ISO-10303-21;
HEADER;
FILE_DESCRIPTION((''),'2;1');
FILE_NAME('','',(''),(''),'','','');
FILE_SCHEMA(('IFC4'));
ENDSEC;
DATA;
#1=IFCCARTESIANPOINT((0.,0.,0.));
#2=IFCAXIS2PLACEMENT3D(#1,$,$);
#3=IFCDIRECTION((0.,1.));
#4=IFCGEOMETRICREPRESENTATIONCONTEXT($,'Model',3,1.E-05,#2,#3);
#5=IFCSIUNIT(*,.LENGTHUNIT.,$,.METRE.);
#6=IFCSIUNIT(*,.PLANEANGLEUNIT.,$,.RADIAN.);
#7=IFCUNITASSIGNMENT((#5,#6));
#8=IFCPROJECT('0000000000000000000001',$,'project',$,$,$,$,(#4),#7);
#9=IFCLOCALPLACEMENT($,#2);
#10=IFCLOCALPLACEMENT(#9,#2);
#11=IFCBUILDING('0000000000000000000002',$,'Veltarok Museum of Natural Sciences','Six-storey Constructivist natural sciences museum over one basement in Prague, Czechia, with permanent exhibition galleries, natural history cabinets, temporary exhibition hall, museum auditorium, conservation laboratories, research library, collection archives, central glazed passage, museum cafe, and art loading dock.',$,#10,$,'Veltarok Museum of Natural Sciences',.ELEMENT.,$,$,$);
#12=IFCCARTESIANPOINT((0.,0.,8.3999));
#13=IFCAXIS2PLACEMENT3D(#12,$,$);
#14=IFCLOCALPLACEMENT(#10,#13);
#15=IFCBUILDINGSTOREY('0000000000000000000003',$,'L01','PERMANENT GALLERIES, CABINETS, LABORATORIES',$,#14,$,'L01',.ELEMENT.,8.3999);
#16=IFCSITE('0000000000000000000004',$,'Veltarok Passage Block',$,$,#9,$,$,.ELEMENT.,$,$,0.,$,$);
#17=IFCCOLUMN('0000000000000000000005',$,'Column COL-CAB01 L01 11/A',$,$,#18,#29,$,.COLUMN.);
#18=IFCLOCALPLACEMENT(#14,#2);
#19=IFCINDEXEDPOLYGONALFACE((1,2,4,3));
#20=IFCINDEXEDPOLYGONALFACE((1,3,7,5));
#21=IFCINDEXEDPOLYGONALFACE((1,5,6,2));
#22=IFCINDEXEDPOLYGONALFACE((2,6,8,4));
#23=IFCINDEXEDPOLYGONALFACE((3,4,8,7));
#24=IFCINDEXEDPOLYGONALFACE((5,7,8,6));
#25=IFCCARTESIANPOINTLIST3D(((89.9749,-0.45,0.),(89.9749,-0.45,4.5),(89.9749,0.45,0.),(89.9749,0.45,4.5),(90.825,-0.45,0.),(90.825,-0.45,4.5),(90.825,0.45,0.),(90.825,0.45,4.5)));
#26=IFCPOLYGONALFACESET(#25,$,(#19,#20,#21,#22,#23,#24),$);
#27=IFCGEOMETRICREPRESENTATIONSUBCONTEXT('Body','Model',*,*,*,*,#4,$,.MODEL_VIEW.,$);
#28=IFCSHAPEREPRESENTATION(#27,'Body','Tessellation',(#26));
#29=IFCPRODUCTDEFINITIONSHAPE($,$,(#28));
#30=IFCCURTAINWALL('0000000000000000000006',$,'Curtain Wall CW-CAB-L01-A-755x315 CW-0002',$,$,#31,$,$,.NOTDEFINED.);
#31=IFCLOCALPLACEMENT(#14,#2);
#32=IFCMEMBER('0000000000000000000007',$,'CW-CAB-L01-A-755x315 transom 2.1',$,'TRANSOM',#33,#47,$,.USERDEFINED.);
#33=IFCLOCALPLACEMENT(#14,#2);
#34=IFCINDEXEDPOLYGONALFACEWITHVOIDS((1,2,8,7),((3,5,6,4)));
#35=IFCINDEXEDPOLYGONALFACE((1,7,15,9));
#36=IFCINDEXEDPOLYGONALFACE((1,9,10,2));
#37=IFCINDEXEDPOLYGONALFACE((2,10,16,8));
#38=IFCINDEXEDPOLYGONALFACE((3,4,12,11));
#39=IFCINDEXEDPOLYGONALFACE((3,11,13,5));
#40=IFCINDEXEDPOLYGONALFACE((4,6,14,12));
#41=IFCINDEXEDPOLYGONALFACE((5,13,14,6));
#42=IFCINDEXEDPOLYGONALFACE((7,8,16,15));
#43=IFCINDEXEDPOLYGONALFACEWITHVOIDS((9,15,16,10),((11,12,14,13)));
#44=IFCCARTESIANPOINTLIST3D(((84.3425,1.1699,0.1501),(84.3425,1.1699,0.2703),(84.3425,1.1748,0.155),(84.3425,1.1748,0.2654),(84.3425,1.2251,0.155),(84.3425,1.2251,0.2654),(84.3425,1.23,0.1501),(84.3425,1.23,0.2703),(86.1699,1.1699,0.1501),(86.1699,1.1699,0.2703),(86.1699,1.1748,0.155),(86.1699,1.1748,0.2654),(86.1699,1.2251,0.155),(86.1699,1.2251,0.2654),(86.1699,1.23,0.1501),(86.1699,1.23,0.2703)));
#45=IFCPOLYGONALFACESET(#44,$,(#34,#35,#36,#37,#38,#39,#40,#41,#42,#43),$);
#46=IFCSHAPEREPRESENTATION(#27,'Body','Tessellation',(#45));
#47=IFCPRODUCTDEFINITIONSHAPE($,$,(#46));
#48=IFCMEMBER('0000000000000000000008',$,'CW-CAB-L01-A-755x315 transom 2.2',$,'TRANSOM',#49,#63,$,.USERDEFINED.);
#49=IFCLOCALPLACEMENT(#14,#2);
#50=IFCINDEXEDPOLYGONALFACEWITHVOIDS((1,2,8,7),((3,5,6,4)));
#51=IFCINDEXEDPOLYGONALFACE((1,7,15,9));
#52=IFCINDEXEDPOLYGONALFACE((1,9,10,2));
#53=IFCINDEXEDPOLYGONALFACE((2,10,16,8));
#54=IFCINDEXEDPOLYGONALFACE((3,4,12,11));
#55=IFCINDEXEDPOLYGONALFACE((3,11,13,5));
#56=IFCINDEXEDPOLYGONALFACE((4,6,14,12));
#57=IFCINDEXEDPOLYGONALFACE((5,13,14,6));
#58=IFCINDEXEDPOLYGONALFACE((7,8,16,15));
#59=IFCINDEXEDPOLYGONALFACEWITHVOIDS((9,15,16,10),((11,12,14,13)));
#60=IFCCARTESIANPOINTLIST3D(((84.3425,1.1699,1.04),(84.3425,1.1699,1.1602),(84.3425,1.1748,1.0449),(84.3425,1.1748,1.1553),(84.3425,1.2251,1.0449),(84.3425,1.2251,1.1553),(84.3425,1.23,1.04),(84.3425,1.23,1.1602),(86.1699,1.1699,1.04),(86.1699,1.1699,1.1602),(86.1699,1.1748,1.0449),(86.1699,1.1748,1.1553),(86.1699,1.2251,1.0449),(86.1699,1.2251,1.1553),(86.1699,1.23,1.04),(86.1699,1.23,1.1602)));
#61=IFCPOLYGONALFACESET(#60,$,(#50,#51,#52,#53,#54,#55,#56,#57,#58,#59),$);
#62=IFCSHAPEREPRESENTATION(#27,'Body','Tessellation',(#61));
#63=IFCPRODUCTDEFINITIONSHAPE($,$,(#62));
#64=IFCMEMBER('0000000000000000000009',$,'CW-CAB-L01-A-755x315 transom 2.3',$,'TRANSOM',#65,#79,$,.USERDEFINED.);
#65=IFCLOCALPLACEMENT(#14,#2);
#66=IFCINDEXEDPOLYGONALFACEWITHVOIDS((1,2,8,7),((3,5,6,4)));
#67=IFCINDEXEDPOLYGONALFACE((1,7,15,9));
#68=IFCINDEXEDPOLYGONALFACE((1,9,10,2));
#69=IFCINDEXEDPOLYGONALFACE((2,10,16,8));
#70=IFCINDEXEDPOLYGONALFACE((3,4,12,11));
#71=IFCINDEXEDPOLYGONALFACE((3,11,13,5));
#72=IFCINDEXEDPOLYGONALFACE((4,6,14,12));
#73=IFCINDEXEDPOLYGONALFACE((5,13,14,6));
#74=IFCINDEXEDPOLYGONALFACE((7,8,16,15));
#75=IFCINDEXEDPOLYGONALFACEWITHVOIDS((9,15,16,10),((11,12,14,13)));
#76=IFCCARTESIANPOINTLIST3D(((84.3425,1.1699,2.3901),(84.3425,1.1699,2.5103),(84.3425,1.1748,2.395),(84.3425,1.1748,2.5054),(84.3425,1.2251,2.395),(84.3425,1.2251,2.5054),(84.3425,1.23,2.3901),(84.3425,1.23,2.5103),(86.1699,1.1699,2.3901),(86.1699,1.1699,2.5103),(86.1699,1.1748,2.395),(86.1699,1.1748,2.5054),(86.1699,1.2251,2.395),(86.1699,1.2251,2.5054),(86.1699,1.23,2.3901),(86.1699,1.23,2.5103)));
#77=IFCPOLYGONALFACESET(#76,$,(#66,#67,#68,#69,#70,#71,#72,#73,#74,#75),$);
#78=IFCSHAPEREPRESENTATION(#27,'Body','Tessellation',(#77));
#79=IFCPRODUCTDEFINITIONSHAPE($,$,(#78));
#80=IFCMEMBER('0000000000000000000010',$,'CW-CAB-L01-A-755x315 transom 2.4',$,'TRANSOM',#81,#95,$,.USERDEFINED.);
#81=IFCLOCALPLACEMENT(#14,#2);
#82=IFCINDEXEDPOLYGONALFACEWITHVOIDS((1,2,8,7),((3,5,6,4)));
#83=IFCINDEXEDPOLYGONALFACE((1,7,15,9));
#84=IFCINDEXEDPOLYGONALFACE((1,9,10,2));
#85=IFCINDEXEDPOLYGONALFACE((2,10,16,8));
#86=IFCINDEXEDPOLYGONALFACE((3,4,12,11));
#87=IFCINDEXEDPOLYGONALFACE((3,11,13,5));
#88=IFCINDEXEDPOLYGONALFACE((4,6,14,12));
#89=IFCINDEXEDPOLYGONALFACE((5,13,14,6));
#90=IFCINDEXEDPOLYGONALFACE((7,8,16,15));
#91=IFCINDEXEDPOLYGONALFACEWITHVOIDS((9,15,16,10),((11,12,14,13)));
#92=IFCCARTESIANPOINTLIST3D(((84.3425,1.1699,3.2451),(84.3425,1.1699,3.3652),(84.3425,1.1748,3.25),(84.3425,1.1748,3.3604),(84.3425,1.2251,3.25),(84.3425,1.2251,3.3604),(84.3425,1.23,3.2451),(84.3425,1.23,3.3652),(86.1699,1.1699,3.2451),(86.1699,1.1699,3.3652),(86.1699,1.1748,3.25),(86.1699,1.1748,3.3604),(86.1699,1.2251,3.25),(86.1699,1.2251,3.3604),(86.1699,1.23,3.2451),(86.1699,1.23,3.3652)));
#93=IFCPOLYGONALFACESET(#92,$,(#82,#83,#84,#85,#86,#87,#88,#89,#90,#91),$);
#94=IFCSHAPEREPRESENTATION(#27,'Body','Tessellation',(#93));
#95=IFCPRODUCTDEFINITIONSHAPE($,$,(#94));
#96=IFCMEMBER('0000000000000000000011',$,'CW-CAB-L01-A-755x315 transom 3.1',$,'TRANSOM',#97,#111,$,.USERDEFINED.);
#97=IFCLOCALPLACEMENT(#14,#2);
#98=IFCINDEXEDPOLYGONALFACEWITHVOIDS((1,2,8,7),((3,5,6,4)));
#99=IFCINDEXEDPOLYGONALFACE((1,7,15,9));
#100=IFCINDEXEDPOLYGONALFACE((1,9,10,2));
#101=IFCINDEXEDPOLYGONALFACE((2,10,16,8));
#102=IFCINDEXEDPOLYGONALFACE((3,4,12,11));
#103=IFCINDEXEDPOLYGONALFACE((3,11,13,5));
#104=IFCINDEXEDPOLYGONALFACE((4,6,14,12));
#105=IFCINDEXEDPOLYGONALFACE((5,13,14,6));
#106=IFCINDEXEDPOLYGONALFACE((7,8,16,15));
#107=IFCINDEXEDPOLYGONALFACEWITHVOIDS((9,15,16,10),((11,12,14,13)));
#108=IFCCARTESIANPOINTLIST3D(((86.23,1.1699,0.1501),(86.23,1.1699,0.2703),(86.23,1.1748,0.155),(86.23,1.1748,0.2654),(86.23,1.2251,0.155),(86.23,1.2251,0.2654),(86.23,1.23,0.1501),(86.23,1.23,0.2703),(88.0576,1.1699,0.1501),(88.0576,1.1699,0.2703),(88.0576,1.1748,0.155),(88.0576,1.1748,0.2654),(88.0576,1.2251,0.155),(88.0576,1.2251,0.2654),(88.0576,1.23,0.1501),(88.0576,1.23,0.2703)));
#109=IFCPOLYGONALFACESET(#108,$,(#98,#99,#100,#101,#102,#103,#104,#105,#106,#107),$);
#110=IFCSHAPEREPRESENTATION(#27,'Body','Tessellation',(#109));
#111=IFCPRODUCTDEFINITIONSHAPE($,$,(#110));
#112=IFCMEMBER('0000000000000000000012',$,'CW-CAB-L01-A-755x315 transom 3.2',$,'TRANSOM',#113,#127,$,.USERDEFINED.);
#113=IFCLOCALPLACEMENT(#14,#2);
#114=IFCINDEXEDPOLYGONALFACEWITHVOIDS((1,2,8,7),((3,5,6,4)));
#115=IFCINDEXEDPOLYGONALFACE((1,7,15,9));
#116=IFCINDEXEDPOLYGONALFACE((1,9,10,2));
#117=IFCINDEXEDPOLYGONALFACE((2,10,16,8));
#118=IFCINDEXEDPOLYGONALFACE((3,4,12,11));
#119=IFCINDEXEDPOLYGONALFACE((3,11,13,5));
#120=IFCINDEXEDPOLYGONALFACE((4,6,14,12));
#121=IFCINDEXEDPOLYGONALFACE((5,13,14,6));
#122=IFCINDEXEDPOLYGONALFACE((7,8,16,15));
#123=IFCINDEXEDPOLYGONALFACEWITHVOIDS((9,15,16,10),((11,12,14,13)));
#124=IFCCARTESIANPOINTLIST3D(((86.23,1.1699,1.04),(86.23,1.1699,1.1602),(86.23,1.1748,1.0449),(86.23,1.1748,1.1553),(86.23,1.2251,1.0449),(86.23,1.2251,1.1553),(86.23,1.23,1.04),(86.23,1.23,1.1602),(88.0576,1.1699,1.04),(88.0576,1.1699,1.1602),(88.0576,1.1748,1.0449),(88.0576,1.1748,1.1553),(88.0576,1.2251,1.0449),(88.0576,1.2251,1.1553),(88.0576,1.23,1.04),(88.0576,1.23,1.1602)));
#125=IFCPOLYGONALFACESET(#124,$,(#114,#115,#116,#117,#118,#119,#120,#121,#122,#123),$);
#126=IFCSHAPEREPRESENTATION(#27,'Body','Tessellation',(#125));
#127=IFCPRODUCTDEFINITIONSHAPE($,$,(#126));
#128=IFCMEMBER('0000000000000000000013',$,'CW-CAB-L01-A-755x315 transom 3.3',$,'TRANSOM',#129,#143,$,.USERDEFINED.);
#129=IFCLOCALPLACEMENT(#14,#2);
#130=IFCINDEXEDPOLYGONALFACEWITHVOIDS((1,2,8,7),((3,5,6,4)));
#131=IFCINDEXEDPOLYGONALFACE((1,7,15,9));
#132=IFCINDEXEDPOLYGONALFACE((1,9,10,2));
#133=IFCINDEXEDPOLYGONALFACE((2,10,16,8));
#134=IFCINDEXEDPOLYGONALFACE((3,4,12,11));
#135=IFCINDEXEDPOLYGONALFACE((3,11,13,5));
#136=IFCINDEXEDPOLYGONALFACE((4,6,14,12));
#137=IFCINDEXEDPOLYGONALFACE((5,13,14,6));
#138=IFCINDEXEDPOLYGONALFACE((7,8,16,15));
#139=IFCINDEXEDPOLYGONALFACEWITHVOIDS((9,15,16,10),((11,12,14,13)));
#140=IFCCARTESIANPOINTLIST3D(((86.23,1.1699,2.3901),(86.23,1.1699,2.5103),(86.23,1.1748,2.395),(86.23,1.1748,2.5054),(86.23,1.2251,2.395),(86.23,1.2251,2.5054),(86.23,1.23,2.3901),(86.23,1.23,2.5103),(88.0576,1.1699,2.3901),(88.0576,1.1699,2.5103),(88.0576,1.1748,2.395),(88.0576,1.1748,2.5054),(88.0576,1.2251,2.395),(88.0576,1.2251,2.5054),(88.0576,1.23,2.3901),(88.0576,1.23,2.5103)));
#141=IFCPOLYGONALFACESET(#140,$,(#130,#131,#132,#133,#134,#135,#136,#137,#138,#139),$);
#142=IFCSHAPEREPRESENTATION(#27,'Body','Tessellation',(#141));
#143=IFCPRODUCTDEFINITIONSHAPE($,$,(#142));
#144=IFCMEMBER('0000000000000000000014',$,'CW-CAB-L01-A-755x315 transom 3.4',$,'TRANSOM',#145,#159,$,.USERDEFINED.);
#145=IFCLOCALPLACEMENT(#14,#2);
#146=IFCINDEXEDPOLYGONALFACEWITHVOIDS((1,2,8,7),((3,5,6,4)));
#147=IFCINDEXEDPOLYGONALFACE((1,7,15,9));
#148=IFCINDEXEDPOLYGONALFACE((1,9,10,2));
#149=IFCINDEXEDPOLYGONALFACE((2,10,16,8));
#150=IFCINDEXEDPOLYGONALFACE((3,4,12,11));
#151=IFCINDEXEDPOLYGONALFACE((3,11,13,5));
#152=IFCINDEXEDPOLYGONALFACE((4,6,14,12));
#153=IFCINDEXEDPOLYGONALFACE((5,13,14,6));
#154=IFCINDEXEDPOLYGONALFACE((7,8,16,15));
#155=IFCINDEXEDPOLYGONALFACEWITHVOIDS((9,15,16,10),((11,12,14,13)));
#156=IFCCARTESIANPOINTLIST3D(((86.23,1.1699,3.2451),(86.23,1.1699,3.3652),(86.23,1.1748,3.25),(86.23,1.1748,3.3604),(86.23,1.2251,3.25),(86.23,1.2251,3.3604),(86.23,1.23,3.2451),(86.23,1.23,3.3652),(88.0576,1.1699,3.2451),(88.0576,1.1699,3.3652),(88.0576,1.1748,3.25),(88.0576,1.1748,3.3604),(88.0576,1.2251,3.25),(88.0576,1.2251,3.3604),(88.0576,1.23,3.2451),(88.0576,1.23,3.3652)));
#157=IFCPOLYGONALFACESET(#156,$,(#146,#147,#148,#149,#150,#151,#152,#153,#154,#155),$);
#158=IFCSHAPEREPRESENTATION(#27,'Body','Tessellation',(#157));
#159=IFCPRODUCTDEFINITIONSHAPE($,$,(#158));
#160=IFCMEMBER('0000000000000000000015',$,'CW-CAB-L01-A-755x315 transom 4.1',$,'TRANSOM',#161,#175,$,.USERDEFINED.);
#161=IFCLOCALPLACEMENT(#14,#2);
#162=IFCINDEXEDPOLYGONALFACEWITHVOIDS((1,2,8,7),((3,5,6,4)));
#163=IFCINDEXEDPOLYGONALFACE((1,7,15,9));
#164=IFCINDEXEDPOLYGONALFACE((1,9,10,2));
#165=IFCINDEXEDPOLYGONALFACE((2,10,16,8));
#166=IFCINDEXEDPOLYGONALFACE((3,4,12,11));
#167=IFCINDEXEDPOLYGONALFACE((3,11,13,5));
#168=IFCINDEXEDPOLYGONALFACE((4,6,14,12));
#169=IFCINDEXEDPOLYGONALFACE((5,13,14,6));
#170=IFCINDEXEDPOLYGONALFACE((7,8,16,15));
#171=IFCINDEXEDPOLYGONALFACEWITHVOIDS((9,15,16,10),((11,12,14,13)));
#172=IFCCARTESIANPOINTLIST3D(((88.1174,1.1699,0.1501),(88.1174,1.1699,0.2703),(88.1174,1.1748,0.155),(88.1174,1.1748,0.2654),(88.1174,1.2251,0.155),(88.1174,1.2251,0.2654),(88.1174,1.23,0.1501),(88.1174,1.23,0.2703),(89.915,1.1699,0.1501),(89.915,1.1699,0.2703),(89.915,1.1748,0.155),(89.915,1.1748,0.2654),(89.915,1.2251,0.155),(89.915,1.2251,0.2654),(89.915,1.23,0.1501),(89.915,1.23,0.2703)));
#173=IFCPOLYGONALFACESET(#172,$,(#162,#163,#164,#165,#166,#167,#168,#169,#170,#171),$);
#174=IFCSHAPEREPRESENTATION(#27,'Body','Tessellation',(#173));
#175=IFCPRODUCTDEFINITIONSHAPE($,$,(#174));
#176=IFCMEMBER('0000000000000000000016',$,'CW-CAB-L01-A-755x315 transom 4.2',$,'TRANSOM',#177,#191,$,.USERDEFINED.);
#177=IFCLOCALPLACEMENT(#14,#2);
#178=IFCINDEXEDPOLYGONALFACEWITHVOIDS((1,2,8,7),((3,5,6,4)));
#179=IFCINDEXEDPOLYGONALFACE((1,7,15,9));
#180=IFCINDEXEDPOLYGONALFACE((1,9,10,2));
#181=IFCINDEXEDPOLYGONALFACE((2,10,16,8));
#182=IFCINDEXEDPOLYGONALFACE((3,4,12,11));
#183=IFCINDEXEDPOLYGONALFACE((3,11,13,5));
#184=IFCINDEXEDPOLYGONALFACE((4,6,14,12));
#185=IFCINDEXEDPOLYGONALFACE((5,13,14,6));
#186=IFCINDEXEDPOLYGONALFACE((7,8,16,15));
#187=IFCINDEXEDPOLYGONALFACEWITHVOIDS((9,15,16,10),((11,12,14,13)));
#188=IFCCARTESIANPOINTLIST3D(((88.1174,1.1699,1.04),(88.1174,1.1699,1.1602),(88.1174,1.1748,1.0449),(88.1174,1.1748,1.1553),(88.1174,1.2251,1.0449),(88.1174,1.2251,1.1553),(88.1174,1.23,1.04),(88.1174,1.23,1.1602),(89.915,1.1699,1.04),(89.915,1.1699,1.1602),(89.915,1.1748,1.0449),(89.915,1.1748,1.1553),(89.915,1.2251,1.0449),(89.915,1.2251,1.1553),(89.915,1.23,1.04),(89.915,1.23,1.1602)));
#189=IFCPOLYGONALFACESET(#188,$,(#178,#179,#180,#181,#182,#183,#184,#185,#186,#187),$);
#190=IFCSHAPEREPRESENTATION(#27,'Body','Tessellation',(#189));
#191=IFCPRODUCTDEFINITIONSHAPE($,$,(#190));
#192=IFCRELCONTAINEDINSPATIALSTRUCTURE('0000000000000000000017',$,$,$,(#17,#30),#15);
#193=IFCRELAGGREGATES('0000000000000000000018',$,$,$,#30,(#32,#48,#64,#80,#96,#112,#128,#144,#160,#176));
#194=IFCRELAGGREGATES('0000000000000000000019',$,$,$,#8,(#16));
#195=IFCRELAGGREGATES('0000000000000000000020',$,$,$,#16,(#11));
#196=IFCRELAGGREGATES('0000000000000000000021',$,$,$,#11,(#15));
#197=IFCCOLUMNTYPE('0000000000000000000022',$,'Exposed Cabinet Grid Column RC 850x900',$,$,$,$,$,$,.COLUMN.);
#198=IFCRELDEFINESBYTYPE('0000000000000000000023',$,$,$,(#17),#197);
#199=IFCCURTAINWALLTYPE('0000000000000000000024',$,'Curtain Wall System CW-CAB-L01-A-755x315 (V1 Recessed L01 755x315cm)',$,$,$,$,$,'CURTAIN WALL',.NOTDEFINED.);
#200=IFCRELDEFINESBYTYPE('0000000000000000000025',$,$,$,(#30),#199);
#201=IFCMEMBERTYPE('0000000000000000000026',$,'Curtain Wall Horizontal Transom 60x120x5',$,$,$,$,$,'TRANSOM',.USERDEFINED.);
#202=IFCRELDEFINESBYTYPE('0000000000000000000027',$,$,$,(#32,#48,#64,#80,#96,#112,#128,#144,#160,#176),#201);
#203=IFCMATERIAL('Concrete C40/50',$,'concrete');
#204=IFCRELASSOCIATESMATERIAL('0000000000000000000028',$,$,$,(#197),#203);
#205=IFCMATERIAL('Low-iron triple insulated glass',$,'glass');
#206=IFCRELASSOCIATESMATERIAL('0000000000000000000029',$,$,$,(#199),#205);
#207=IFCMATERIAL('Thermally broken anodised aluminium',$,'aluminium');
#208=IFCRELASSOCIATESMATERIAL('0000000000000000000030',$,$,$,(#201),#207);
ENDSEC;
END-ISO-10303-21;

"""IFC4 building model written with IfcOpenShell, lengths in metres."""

from ifc_helpers import new_model, si_unit, direction, frame, origin, origin_2d, place, context, subcontext, project, spatial, rectangle, hollow_rectangle, extrude, material, material_profile, profile_set, type_object, element, aggregate, save


model = new_model("IFC4")

# Units and contexts
model_context = context("Model", 3, precision=1e-05, world=origin(), true_north=direction((0.0, 1.0)))
body_context = subcontext(model_context, "Body", "Model", "MODEL_VIEW")
ifc_project = project(units=[si_unit("LENGTHUNIT", "METRE"), si_unit("PLANEANGLEUNIT", "RADIAN")], contexts=[model_context])

# Site, building, storey
site_placement = place(None, origin())
site = spatial("IfcSite", under=ifc_project, at=site_placement, Name="Veltarok Passage Block", CompositionType="ELEMENT", RefElevation=0.0)
building_placement = place(site_placement, origin())
building = spatial("IfcBuilding", under=site, at=building_placement, Name="Veltarok Museum of Natural Sciences", Description="Six-storey Constructivist natural sciences museum over one basement in Prague, Czechia, with permanent exhibition galleries, natural history cabinets, temporary exhibition hall, museum auditorium, conservation laboratories, research library, collection archives, central glazed passage, museum cafe, and art loading dock.", LongName="Veltarok Museum of Natural Sciences", CompositionType="ELEMENT")
storey_placement = place(building_placement, frame((0.0, 0.0, 8.3999)))
storey = spatial("IfcBuildingStorey", under=building, at=storey_placement, Name="L01", Description="PERMANENT GALLERIES, CABINETS, LABORATORIES", LongName="L01", CompositionType="ELEMENT", Elevation=8.3999)

# Column
ifc_material_1 = material(Name="Concrete C40/50", Category="concrete")
ifc_material_profile_1 = material_profile(ifc_material_1, rectangle(XDim=0.8501, YDim=0.8999, at=origin_2d()), Name="RC 850x900")
ifc_profile_set_1 = profile_set([ifc_material_profile_1], Name="Concrete C40/50")
column_type = type_object("IfcColumnType", Name="Exposed Cabinet Grid Column RC 850x900", PredefinedType="COLUMN", material=ifc_profile_set_1)
column_placement = place(storey_placement, frame((90.3999, 0.0, 0.0), z_axis=(0.0, 0.0, 1.0), x_axis=(1.0, 0.0, 0.0)))
element("IfcColumn", 1, at=column_placement, inside=storey, type_object=column_type, Name="Column COL-CAB01 L01 11/A", PredefinedType="COLUMN", context=body_context, shape_type="SweptSolid", body=[
    extrude(rectangle(XDim=0.8501, YDim=0.8999, at=origin_2d()), origin(), (0.0, 0.0, 1.0), 4.5),
])

# Curtain wall, members
ifc_material_2 = material(Name="Low-iron triple insulated glass", Category="glass")
curtain_wall_type = type_object("IfcCurtainWallType", Name="Curtain Wall System CW-CAB-L01-A-755x315 (V1 Recessed L01 755x315cm)", ElementType="CURTAIN WALL", PredefinedType="NOTDEFINED", material=ifc_material_2)
curtain_wall_placement = place(storey_placement, origin())
curtain_wall = element("IfcCurtainWall", 2, at=curtain_wall_placement, inside=storey, type_object=curtain_wall_type, Name="Curtain Wall CW-CAB-L01-A-755x315 CW-0002", PredefinedType="NOTDEFINED")
ifc_material_3 = material(Name="Thermally broken anodised aluminium", Category="aluminium")
ifc_material_profile_2 = material_profile(ifc_material_3, hollow_rectangle(XDim=0.0601, YDim=0.1201, WallThickness=0.0049, at=origin_2d()), Name="CW TRANSOM 60x120x5")
ifc_profile_set_2 = profile_set([ifc_material_profile_2], Name="Thermally broken anodised aluminium")
member_type_1 = type_object("IfcMemberType", Name="Curtain Wall Horizontal Transom 60x120x5", ElementType="TRANSOM", PredefinedType="USERDEFINED", material=ifc_profile_set_2)
member_1_placement = place(storey_placement, frame((84.3425, 1.2, 0.2102), z_axis=(1.0, 0.0, 0.0), x_axis=(0.0, 1.0, 0.0)))
member_1 = element("IfcMember", 3, at=member_1_placement, type_object=member_type_1, Name="CW-CAB-L01-A-755x315 transom 2.1", ObjectType="TRANSOM", PredefinedType="USERDEFINED", context=body_context, shape_type="SweptSolid", body=[
    extrude(hollow_rectangle(XDim=0.0601, YDim=0.1201, WallThickness=0.0049, at=origin_2d()), origin(), (0.0, 0.0, 1.0), 1.8274),
])
member_2_placement = place(storey_placement, frame((84.3425, 1.2, 1.1001), z_axis=(1.0, 0.0, 0.0), x_axis=(0.0, 1.0, 0.0)))
member_2 = element("IfcMember", 4, at=member_2_placement, type_object=member_type_1, Name="CW-CAB-L01-A-755x315 transom 2.2", ObjectType="TRANSOM", PredefinedType="USERDEFINED", context=body_context, shape_type="SweptSolid", body=[
    extrude(hollow_rectangle(XDim=0.0601, YDim=0.1201, WallThickness=0.0049, at=origin_2d()), origin(), (0.0, 0.0, 1.0), 1.8274),
])
member_3_placement = place(storey_placement, frame((84.3425, 1.2, 2.4502), z_axis=(1.0, 0.0, 0.0), x_axis=(0.0, 1.0, 0.0)))
member_3 = element("IfcMember", 5, at=member_3_placement, type_object=member_type_1, Name="CW-CAB-L01-A-755x315 transom 2.3", ObjectType="TRANSOM", PredefinedType="USERDEFINED", context=body_context, shape_type="SweptSolid", body=[
    extrude(hollow_rectangle(XDim=0.0601, YDim=0.1201, WallThickness=0.0049, at=origin_2d()), origin(), (0.0, 0.0, 1.0), 1.8274),
])
member_4_placement = place(storey_placement, frame((84.3425, 1.2, 3.3052), z_axis=(1.0, 0.0, 0.0), x_axis=(0.0, 1.0, 0.0)))
member_4 = element("IfcMember", 6, at=member_4_placement, type_object=member_type_1, Name="CW-CAB-L01-A-755x315 transom 2.4", ObjectType="TRANSOM", PredefinedType="USERDEFINED", context=body_context, shape_type="SweptSolid", body=[
    extrude(hollow_rectangle(XDim=0.0601, YDim=0.1201, WallThickness=0.0049, at=origin_2d()), origin(), (0.0, 0.0, 1.0), 1.8274),
])
member_5_placement = place(storey_placement, frame((86.23, 1.2, 0.2102), z_axis=(1.0, 0.0, 0.0), x_axis=(0.0, 1.0, 0.0)))
member_5 = element("IfcMember", 7, at=member_5_placement, type_object=member_type_1, Name="CW-CAB-L01-A-755x315 transom 3.1", ObjectType="TRANSOM", PredefinedType="USERDEFINED", context=body_context, shape_type="SweptSolid", body=[
    extrude(hollow_rectangle(XDim=0.0601, YDim=0.1201, WallThickness=0.0049, at=origin_2d()), origin(), (0.0, 0.0, 1.0), 1.8276),
])
member_6_placement = place(storey_placement, frame((86.23, 1.2, 1.1001), z_axis=(1.0, 0.0, 0.0), x_axis=(0.0, 1.0, 0.0)))
member_6 = element("IfcMember", 8, at=member_6_placement, type_object=member_type_1, Name="CW-CAB-L01-A-755x315 transom 3.2", ObjectType="TRANSOM", PredefinedType="USERDEFINED", context=body_context, shape_type="SweptSolid", body=[
    extrude(hollow_rectangle(XDim=0.0601, YDim=0.1201, WallThickness=0.0049, at=origin_2d()), origin(), (0.0, 0.0, 1.0), 1.8276),
])
member_7_placement = place(storey_placement, frame((86.23, 1.2, 2.4502), z_axis=(1.0, 0.0, 0.0), x_axis=(0.0, 1.0, 0.0)))
member_7 = element("IfcMember", 9, at=member_7_placement, type_object=member_type_1, Name="CW-CAB-L01-A-755x315 transom 3.3", ObjectType="TRANSOM", PredefinedType="USERDEFINED", context=body_context, shape_type="SweptSolid", body=[
    extrude(hollow_rectangle(XDim=0.0601, YDim=0.1201, WallThickness=0.0049, at=origin_2d()), origin(), (0.0, 0.0, 1.0), 1.8276),
])
member_8_placement = place(storey_placement, frame((86.23, 1.2, 3.3052), z_axis=(1.0, 0.0, 0.0), x_axis=(0.0, 1.0, 0.0)))
member_8 = element("IfcMember", 10, at=member_8_placement, type_object=member_type_1, Name="CW-CAB-L01-A-755x315 transom 3.4", ObjectType="TRANSOM", PredefinedType="USERDEFINED", context=body_context, shape_type="SweptSolid", body=[
    extrude(hollow_rectangle(XDim=0.0601, YDim=0.1201, WallThickness=0.0049, at=origin_2d()), origin(), (0.0, 0.0, 1.0), 1.8276),
])
member_9_placement = place(storey_placement, frame((88.1174, 1.2, 0.2102), z_axis=(1.0, 0.0, 0.0), x_axis=(0.0, 1.0, 0.0)))
member_9 = element("IfcMember", 11, at=member_9_placement, type_object=member_type_1, Name="CW-CAB-L01-A-755x315 transom 4.1", ObjectType="TRANSOM", PredefinedType="USERDEFINED", context=body_context, shape_type="SweptSolid", body=[
    extrude(hollow_rectangle(XDim=0.0601, YDim=0.1201, WallThickness=0.0049, at=origin_2d()), origin(), (0.0, 0.0, 1.0), 1.7976),
])
member_10_placement = place(storey_placement, frame((88.1174, 1.2, 1.1001), z_axis=(1.0, 0.0, 0.0), x_axis=(0.0, 1.0, 0.0)))
member_10 = element("IfcMember", 12, at=member_10_placement, type_object=member_type_1, Name="CW-CAB-L01-A-755x315 transom 4.2", ObjectType="TRANSOM", PredefinedType="USERDEFINED", context=body_context, shape_type="SweptSolid", body=[
    extrude(hollow_rectangle(XDim=0.0601, YDim=0.1201, WallThickness=0.0049, at=origin_2d()), origin(), (0.0, 0.0, 1.0), 1.7976),
])

aggregate(curtain_wall, [member_1, member_2, member_3, member_4, member_5, member_6, member_7, member_8, member_9, member_10])

save(model, "model.ifc")
